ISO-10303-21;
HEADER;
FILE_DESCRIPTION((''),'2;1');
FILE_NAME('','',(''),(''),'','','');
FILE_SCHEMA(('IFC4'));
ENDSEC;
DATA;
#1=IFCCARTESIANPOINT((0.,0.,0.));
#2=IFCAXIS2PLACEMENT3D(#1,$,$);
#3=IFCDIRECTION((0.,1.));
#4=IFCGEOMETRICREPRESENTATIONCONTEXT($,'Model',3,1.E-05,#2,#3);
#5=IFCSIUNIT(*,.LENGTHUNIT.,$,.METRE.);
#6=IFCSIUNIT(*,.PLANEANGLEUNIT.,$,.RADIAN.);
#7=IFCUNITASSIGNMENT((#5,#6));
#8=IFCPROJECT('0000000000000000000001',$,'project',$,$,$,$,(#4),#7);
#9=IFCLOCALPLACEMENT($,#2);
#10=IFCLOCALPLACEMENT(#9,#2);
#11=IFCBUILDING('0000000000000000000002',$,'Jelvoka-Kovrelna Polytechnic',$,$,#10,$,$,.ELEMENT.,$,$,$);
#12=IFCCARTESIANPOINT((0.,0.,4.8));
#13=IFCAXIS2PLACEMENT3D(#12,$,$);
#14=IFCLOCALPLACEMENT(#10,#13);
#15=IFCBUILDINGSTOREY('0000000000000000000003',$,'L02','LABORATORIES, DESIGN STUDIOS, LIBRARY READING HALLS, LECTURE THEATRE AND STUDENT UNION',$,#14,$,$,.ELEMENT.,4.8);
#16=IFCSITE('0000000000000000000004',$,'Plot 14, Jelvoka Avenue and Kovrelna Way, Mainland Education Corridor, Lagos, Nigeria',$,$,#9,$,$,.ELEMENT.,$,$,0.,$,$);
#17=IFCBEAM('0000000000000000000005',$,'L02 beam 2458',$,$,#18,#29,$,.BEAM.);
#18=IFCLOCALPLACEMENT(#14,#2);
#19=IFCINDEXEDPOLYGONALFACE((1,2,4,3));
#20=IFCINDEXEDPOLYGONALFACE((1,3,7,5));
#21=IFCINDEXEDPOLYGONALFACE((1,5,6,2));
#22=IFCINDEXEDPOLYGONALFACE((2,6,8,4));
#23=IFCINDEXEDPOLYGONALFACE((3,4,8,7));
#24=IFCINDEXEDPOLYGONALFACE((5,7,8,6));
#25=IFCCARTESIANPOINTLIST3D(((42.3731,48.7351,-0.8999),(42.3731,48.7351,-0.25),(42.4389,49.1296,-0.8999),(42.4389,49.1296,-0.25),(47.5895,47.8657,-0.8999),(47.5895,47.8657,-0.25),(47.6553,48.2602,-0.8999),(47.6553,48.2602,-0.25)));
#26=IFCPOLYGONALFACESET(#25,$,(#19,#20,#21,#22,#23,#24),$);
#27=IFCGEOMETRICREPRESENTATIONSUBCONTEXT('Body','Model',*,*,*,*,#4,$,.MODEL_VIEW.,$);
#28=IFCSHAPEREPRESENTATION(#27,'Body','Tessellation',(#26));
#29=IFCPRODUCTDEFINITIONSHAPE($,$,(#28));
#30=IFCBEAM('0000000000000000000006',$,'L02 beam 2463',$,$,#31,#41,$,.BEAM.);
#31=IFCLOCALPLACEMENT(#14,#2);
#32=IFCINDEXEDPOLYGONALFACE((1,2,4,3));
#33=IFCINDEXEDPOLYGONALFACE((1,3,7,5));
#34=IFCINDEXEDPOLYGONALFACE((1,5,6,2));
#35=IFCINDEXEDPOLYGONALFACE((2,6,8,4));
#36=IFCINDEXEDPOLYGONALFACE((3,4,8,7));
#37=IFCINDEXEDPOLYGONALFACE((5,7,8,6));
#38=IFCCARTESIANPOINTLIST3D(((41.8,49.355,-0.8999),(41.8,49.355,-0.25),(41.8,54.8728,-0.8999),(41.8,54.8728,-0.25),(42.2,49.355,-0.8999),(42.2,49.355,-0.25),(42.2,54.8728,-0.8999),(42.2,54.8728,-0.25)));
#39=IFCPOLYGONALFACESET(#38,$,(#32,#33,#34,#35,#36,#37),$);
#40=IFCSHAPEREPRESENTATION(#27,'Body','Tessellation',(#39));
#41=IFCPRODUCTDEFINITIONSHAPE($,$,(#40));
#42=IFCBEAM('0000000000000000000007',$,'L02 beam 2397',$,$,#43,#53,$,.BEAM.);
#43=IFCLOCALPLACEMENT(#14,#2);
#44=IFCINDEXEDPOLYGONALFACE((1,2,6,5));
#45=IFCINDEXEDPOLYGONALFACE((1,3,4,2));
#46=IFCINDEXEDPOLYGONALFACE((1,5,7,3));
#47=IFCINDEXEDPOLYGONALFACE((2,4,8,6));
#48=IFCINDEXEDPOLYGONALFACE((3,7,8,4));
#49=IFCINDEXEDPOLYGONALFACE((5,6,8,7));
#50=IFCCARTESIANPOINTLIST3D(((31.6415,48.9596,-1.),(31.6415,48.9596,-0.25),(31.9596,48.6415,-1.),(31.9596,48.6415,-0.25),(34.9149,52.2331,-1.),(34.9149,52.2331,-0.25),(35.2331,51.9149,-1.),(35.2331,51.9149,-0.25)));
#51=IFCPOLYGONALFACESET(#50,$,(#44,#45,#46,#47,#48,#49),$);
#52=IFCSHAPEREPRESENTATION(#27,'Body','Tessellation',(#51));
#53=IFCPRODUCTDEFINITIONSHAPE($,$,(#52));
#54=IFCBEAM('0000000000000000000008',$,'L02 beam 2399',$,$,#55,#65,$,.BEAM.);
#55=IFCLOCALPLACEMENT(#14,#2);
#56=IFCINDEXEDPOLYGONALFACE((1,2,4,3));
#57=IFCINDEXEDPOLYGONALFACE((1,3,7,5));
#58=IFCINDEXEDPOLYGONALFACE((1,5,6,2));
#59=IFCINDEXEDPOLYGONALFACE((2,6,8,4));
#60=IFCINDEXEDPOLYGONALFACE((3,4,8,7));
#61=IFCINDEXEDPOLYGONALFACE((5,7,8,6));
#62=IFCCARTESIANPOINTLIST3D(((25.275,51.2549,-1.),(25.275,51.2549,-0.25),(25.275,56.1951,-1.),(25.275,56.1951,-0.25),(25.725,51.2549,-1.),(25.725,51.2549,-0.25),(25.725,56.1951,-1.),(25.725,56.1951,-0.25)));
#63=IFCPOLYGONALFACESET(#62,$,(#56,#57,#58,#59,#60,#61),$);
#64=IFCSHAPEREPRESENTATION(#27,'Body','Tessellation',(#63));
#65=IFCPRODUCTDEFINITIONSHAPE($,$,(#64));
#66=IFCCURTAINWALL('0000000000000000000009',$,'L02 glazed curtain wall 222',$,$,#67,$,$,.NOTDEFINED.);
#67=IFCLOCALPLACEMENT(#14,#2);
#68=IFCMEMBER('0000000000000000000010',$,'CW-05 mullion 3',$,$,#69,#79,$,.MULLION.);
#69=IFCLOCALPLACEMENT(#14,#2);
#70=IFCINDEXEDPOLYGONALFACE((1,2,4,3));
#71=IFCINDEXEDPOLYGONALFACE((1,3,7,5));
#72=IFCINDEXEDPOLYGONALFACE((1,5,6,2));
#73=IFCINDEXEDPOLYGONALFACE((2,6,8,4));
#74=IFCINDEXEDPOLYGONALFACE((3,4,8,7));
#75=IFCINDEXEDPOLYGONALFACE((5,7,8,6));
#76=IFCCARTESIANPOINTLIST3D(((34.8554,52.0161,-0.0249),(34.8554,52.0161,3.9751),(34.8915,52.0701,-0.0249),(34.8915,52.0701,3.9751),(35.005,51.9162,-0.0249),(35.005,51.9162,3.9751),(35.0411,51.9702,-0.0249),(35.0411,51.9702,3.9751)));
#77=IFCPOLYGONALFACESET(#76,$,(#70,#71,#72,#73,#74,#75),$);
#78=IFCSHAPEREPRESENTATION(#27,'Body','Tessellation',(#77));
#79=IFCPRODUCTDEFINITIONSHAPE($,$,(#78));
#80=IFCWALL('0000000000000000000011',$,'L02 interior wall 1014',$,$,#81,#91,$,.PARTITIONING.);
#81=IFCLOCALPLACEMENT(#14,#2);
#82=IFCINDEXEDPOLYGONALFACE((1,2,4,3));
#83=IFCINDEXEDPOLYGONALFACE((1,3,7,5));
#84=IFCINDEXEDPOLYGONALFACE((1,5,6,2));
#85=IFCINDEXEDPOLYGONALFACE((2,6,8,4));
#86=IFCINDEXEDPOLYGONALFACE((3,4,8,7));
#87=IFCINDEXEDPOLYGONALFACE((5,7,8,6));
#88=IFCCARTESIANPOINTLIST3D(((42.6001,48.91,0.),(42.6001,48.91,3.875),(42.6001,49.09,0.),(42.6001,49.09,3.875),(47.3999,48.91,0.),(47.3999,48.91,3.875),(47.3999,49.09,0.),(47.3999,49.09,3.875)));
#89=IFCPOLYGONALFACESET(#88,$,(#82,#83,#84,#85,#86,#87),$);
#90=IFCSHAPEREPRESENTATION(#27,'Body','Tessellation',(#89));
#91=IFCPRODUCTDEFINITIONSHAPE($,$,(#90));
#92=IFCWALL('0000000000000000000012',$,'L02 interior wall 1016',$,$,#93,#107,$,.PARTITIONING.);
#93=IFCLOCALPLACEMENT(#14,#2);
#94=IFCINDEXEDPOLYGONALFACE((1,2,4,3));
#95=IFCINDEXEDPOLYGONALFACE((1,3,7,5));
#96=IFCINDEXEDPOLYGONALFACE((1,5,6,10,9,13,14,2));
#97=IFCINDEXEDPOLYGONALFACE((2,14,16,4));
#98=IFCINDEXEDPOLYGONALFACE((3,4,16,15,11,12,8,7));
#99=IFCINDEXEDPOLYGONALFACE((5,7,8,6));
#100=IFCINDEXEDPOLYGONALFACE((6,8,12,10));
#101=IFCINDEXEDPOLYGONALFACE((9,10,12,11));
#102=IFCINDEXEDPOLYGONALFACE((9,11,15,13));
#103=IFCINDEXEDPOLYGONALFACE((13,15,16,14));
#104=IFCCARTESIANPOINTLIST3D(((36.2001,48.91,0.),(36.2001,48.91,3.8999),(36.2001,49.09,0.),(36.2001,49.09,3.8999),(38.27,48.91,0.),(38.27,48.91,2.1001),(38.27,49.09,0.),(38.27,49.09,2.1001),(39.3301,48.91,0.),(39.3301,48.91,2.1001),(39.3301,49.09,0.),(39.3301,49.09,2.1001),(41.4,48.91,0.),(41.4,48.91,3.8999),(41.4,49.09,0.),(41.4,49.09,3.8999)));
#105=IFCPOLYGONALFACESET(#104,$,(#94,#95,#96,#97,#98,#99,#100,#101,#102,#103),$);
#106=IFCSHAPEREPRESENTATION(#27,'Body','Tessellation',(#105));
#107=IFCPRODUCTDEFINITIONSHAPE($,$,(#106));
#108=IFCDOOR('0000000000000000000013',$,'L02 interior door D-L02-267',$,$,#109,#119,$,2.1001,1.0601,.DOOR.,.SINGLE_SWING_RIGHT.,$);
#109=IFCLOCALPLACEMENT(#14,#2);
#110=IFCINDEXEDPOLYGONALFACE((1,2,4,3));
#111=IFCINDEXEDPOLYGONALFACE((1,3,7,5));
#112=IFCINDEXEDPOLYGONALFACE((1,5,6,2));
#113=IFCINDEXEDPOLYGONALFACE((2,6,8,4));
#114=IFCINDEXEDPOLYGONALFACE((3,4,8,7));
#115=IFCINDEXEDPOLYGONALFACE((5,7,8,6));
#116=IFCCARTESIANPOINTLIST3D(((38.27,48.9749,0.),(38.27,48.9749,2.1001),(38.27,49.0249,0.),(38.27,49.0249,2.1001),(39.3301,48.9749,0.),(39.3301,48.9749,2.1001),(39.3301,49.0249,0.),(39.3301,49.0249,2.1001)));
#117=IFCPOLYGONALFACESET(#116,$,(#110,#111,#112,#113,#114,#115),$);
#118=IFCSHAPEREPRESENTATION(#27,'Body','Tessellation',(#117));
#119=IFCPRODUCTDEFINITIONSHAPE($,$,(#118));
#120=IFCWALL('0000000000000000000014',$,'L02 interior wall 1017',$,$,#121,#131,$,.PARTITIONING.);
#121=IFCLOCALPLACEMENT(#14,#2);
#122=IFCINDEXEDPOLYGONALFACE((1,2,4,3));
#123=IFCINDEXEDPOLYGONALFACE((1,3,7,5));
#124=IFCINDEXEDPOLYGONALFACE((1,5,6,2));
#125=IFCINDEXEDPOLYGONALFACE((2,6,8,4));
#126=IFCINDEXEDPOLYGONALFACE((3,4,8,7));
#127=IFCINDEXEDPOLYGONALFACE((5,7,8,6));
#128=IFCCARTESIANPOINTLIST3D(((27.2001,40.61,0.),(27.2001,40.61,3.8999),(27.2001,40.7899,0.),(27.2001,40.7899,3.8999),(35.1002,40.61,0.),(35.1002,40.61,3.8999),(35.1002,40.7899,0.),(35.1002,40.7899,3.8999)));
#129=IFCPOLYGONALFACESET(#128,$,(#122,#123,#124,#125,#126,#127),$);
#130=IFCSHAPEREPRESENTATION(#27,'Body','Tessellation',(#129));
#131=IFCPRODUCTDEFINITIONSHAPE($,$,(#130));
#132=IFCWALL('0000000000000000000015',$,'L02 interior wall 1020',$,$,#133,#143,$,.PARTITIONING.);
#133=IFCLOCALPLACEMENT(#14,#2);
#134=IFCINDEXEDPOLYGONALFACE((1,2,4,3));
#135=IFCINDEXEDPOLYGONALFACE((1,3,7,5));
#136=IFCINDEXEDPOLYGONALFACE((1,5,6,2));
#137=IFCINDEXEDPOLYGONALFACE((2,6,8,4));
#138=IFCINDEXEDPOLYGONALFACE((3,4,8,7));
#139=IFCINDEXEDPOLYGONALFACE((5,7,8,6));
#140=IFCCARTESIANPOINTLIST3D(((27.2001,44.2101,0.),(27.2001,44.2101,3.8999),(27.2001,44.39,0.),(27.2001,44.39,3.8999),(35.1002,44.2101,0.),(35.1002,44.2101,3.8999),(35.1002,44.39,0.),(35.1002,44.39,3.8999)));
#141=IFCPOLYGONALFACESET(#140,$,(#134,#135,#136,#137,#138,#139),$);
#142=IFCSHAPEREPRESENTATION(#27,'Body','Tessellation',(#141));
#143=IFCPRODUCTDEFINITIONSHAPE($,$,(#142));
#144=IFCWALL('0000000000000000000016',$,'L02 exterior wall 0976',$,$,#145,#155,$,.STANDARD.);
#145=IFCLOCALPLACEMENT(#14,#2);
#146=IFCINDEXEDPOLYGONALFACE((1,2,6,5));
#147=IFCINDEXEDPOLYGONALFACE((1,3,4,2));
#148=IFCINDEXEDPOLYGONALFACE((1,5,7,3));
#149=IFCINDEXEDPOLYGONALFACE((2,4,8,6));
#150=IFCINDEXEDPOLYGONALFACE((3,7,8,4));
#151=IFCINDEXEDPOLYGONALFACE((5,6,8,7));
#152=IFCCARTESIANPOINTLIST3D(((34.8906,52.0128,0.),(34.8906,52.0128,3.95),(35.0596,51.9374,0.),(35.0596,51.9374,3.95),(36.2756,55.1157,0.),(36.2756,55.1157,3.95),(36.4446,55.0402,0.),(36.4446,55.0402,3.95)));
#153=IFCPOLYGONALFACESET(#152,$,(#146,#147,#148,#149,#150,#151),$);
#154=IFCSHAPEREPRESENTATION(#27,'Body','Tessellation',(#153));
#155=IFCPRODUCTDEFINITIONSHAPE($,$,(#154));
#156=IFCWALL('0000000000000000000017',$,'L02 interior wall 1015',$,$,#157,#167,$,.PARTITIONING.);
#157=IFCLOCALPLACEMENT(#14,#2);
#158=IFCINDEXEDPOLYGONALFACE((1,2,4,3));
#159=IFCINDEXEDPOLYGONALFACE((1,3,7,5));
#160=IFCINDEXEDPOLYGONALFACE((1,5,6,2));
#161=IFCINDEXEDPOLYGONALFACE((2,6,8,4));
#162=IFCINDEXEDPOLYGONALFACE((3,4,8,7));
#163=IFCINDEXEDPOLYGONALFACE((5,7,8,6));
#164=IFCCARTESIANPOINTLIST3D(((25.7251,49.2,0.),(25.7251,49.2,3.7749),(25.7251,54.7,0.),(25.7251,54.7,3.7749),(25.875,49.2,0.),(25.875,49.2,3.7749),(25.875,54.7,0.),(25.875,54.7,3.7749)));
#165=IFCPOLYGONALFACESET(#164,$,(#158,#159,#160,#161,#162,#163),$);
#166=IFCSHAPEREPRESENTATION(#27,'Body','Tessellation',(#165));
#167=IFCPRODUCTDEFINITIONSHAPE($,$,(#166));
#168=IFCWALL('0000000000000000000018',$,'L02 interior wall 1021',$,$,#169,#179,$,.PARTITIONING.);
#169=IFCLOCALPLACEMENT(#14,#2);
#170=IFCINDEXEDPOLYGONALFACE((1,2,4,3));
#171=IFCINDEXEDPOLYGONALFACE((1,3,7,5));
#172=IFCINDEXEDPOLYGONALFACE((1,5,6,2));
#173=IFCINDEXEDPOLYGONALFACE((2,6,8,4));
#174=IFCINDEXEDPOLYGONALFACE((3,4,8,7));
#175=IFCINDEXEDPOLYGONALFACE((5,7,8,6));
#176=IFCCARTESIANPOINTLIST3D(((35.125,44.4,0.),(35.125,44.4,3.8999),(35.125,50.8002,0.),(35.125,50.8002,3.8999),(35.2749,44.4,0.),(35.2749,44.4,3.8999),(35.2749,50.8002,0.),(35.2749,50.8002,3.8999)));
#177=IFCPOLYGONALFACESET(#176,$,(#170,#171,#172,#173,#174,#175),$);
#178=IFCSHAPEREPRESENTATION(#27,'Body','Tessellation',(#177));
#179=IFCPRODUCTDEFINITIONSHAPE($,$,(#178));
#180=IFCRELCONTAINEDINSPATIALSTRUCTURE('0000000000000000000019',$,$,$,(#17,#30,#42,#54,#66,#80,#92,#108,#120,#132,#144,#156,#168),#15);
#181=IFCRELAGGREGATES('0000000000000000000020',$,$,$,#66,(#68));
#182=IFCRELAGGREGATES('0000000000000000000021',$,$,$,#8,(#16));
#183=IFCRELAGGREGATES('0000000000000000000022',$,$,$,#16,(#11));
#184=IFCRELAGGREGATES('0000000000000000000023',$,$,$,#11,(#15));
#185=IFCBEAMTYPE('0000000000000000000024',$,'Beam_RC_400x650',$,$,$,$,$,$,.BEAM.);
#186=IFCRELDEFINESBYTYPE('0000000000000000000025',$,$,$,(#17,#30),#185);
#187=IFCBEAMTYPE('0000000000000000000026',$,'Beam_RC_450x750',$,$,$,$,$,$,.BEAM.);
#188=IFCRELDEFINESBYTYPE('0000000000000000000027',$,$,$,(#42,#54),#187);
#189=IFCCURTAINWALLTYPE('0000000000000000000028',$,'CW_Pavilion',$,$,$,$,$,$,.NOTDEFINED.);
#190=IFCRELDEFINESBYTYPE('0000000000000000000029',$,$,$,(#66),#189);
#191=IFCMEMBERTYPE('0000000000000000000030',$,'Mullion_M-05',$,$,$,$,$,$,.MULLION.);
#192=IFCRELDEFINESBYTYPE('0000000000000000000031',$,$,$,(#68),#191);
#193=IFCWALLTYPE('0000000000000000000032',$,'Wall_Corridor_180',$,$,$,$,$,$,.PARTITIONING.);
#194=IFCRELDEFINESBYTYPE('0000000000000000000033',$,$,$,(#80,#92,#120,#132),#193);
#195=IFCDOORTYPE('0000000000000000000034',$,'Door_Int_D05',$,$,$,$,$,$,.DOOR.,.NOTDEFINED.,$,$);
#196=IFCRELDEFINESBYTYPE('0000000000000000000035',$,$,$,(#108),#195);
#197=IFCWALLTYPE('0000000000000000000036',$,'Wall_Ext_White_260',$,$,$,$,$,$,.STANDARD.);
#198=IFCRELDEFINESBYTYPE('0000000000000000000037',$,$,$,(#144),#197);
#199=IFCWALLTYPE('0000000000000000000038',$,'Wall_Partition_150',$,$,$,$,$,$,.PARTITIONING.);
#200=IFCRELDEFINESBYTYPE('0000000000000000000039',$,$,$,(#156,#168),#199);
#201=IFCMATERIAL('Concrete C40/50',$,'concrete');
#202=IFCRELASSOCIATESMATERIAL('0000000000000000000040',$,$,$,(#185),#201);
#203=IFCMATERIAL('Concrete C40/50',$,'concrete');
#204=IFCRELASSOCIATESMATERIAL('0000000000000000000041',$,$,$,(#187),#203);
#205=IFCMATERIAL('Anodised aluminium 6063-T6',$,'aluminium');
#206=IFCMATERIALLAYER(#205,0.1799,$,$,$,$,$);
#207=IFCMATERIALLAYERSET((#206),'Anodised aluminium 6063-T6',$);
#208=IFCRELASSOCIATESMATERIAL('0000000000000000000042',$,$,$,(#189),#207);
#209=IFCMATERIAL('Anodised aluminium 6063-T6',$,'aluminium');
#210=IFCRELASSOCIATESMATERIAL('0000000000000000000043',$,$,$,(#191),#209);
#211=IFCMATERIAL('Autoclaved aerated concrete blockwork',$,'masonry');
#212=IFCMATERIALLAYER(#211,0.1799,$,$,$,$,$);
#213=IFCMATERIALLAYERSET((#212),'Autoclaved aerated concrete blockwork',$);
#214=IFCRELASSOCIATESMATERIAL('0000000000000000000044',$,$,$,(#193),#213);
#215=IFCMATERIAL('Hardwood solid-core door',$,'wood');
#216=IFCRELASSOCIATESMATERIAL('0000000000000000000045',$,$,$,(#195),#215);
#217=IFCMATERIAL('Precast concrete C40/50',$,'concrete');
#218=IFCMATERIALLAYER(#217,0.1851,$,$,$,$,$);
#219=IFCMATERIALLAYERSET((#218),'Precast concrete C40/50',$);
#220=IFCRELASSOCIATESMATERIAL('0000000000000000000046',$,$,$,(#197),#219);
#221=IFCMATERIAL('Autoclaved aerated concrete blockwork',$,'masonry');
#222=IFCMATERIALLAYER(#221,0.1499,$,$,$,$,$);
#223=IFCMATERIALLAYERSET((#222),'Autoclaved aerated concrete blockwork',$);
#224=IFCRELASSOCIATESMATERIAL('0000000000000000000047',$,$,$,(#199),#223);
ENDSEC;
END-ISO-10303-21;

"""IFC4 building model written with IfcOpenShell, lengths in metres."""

from ifc_helpers import new_model, si_unit, direction, frame, frame_2d, origin, origin_2d, place, context, subcontext, project, spatial, rectangle, extrude, material, layer, layer_set, material_profile, profile_set, type_object, element, fill, aggregate, save


model = new_model("IFC4")

# Units and contexts
model_context = context("Model", 3, precision=1e-05, world=origin(), true_north=direction((0.0, 1.0)))
body_context = subcontext(model_context, "Body", "Model", "MODEL_VIEW")
ifc_project = project(units=[si_unit("LENGTHUNIT", "METRE"), si_unit("PLANEANGLEUNIT", "RADIAN")], contexts=[model_context])

# Site, building, storey
site_placement = place(None, origin())
site = spatial("IfcSite", under=ifc_project, at=site_placement, Name="Plot 14, Jelvoka Avenue and Kovrelna Way, Mainland Education Corridor, Lagos, Nigeria", CompositionType="ELEMENT", RefElevation=0.0)
building_placement = place(site_placement, origin())
building = spatial("IfcBuilding", under=site, at=building_placement, Name="Jelvoka-Kovrelna Polytechnic", CompositionType="ELEMENT")
storey_placement = place(building_placement, frame((0.0, 0.0, 4.8)))
storey = spatial("IfcBuildingStorey", under=building, at=storey_placement, Name="L02", Description="LABORATORIES, DESIGN STUDIOS, LIBRARY READING HALLS, LECTURE THEATRE AND STUDENT UNION", CompositionType="ELEMENT", Elevation=4.8)

# Beams
ifc_material_1 = material(Name="Concrete C40/50", Category="concrete")
ifc_material_profile_1 = material_profile(ifc_material_1, rectangle(XDim=0.3999, YDim=0.6499, at=origin_2d()), Name="RC 400x650")
ifc_profile_set_1 = profile_set([ifc_material_profile_1], Name="Concrete C40/50")
beam_type_1 = type_object("IfcBeamType", Name="Beam_RC_400x650", PredefinedType="BEAM", material=ifc_profile_set_1)
beam_1_placement = place(storey_placement, frame((42.406, 48.9324, -0.575), z_axis=(0.986394, -0.164399, 0.0), x_axis=(0.164399, 0.986394, 0.0)))
element("IfcBeam", 1, at=beam_1_placement, inside=storey, type_object=beam_type_1, Name="L02 beam 2458", PredefinedType="BEAM", context=body_context, shape_type="SweptSolid", body=[
    extrude(rectangle(XDim=0.3999, YDim=0.6499, at=origin_2d()), origin(), (0.0, 0.0, 1.0), 5.2883),
])
beam_2_placement = place(storey_placement, frame((42.0, 49.355, -0.575), z_axis=(0.0, 1.0, 0.0), x_axis=(-1.0, 0.0, 0.0)))
element("IfcBeam", 2, at=beam_2_placement, inside=storey, type_object=beam_type_1, Name="L02 beam 2463", PredefinedType="BEAM", context=body_context, shape_type="SweptSolid", body=[
    extrude(rectangle(XDim=0.3999, YDim=0.6499, at=origin_2d()), origin(), (0.0, 0.0, 1.0), 5.5178),
])
ifc_material_2 = material(Name="Concrete C40/50", Category="concrete")
ifc_material_profile_2 = material_profile(ifc_material_2, rectangle(XDim=0.45, YDim=0.75, at=origin_2d()), Name="RC 450x750")
ifc_profile_set_2 = profile_set([ifc_material_profile_2], Name="Concrete C40/50")
beam_type_2 = type_object("IfcBeamType", Name="Beam_RC_450x750", PredefinedType="BEAM", material=ifc_profile_set_2)
beam_3_placement = place(storey_placement, frame((31.8005, 48.8005, -0.625), z_axis=(0.707107, 0.707107, 0.0), x_axis=(-0.707107, 0.707107, 0.0)))
element("IfcBeam", 3, at=beam_3_placement, inside=storey, type_object=beam_type_2, Name="L02 beam 2397", PredefinedType="BEAM", context=body_context, shape_type="SweptSolid", body=[
    extrude(rectangle(XDim=0.45, YDim=0.75, at=origin_2d()), origin(), (0.0, 0.0, 1.0), 4.6294),
])
beam_4_placement = place(storey_placement, frame((25.5, 51.2549, -0.625), z_axis=(0.0, 1.0, 0.0), x_axis=(-1.0, 0.0, 0.0)))
element("IfcBeam", 4, at=beam_4_placement, inside=storey, type_object=beam_type_2, Name="L02 beam 2399", PredefinedType="BEAM", context=body_context, shape_type="SweptSolid", body=[
    extrude(rectangle(XDim=0.45, YDim=0.75, at=origin_2d()), origin(), (0.0, 0.0, 1.0), 4.9402),
])

# Curtain wall, member
ifc_material_3 = material(Name="Anodised aluminium 6063-T6", Category="aluminium")
ifc_layer_1 = layer(ifc_material_3, 0.1799)
ifc_layer_set_1 = layer_set([ifc_layer_1], Name="Anodised aluminium 6063-T6")
curtain_wall_type = type_object("IfcCurtainWallType", Name="CW_Pavilion", PredefinedType="NOTDEFINED", material=ifc_layer_set_1)
curtain_wall_placement = place(storey_placement, origin())
curtain_wall = element("IfcCurtainWall", 5, at=curtain_wall_placement, inside=storey, type_object=curtain_wall_type, Name="L02 glazed curtain wall 222", PredefinedType="NOTDEFINED")
ifc_material_4 = material(Name="Anodised aluminium 6063-T6", Category="aluminium")
ifc_material_profile_3 = material_profile(ifc_material_4, rectangle(XDim=0.0649, YDim=0.1799, at=origin_2d()), Name="ALU 65x180")
ifc_profile_set_3 = profile_set([ifc_material_profile_3], Name="Anodised aluminium 6063-T6")
member_type = type_object("IfcMemberType", Name="Mullion_M-05", PredefinedType="MULLION", material=ifc_profile_set_3)
member_placement = place(storey_placement, frame((34.9482, 51.9932, -0.0249), z_axis=(0.0, 0.0, 1.0), x_axis=(0.555583, 0.831461, 0.0)))
member = element("IfcMember", 6, at=member_placement, type_object=member_type, Name="CW-05 mullion 3", PredefinedType="MULLION", context=body_context, shape_type="SweptSolid", body=[
    extrude(rectangle(XDim=0.0649, YDim=0.1799, at=origin_2d()), origin(), (0.0, 0.0, 1.0), 4.0),
])
aggregate(curtain_wall, [member])

# Wall
ifc_material_5 = material(Name="Autoclaved aerated concrete blockwork", Category="masonry")
ifc_layer_2 = layer(ifc_material_5, 0.1799)
ifc_layer_set_2 = layer_set([ifc_layer_2], Name="Autoclaved aerated concrete blockwork")
wall_type_1 = type_object("IfcWallType", Name="Wall_Corridor_180", PredefinedType="PARTITIONING", material=ifc_layer_set_2)
wall_1_placement = place(storey_placement, frame((42.6001, 49.0, 0.0), z_axis=(0.0, 0.0, 1.0), x_axis=(1.0, 0.0, 0.0)))
element("IfcWall", 7, at=wall_1_placement, inside=storey, type_object=wall_type_1, Name="L02 interior wall 1014", PredefinedType="PARTITIONING", context=body_context, shape_type="SweptSolid", body=[
    extrude(rectangle(XDim=4.7998, YDim=0.1799, at=frame_2d((2.3999, 0.0))), origin(), (0.0, 0.0, 1.0), 3.875),
])

# Wall, opening, door
wall_2_placement = place(storey_placement, frame((36.2, 49.0, 0.0), z_axis=(0.0, 0.0, 1.0), x_axis=(1.0, 0.0, 0.0)))
wall_2 = element("IfcWall", 8, at=wall_2_placement, inside=storey, type_object=wall_type_1, Name="L02 interior wall 1016", PredefinedType="PARTITIONING", context=body_context, shape_type="SweptSolid", body=[
    extrude(rectangle(XDim=5.2, YDim=0.1799, at=frame_2d((2.6001, 0.0))), origin(), (0.0, 0.0, 1.0), 3.8999),
])
opening_placement = place(wall_2_placement, frame((2.0701, 0.0, 0.0)))
opening = element("IfcOpeningElement", 9, at=opening_placement, cuts=wall_2, PredefinedType="OPENING", context=body_context, shape_type="SweptSolid", body=[
    extrude(rectangle(XDim=1.0601, YDim=2.1001, at=frame_2d((0.53, 1.05))), frame((0.0, 0.0999, 0.0), z_axis=(0.0, -1.0, 0.0), x_axis=(1.0, 0.0, 0.0)), (0.0, 0.0, 1.0), 0.2),
])
ifc_material_6 = material(Name="Hardwood solid-core door", Category="wood")
door_type = type_object("IfcDoorType", Name="Door_Int_D05", OperationType="NOTDEFINED", PredefinedType="DOOR", material=ifc_material_6)
door_placement = place(opening_placement, origin())
door = element("IfcDoor", 10, at=door_placement, inside=storey, type_object=door_type, Name="L02 interior door D-L02-267", OperationType="SINGLE_SWING_RIGHT", OverallHeight=2.1001, OverallWidth=1.0601, PredefinedType="DOOR", context=body_context, shape_type="SweptSolid", body=[
    extrude(rectangle(XDim=1.0601, YDim=2.1001, at=frame_2d((0.53, 1.05))), frame((0.0, 0.0249, 0.0), z_axis=(0.0, -1.0, 0.0), x_axis=(1.0, 0.0, 0.0)), (0.0, 0.0, 1.0), 0.05),
])
fill(opening, door)

# Walls
for number, where, z_axis, x_axis, name in (
    (11, (27.2, 40.7, 0.0), (0.0, 0.0, 1.0), (1.0, 0.0, 0.0), "L02 interior wall 1017"),
    (12, (27.2, 44.3, 0.0), (0.0, 0.0, 1.0), (1.0, 0.0, 0.0), "L02 interior wall 1020"),
):
    element("IfcWall", number, at=place(storey_placement, frame(where, z_axis=z_axis, x_axis=x_axis)), inside=storey, type_object=wall_type_1, Name=name, PredefinedType="PARTITIONING", context=body_context, shape_type="SweptSolid", body=[
        extrude(rectangle(XDim=7.9001, YDim=0.1799, at=frame_2d((3.9502, 0.0))), origin(), (0.0, 0.0, 1.0), 3.8999),
    ])
ifc_material_7 = material(Name="Precast concrete C40/50", Category="concrete")
ifc_layer_3 = layer(ifc_material_7, 0.1851)
ifc_layer_set_3 = layer_set([ifc_layer_3], Name="Precast concrete C40/50")
wall_type_2 = type_object("IfcWallType", Name="Wall_Ext_White_260", PredefinedType="STANDARD", material=ifc_layer_set_3)
wall_3_placement = place(storey_placement, frame((34.9751, 51.9751, 0.0), z_axis=(0.0, 0.0, 1.0), x_axis=(0.407611, 0.913156, 0.0)))
element("IfcWall", 13, at=wall_3_placement, inside=storey, type_object=wall_type_2, Name="L02 exterior wall 0976", PredefinedType="STANDARD", context=body_context, shape_type="SweptSolid", body=[
    extrude(rectangle(XDim=3.3979, YDim=0.1851, at=frame_2d((1.699, 0.0))), origin(), (0.0, 0.0, 1.0), 3.95),
])
ifc_material_8 = material(Name="Autoclaved aerated concrete blockwork", Category="masonry")
ifc_layer_4 = layer(ifc_material_8, 0.1499)
ifc_layer_set_4 = layer_set([ifc_layer_4], Name="Autoclaved aerated concrete blockwork")
wall_type_3 = type_object("IfcWallType", Name="Wall_Partition_150", PredefinedType="PARTITIONING", material=ifc_layer_set_4)
wall_4_placement = place(storey_placement, frame((25.8, 49.2, 0.0), z_axis=(0.0, 0.0, 1.0), x_axis=(0.0, 1.0, 0.0)))
element("IfcWall", 14, at=wall_4_placement, inside=storey, type_object=wall_type_3, Name="L02 interior wall 1015", PredefinedType="PARTITIONING", context=body_context, shape_type="SweptSolid", body=[
    extrude(rectangle(XDim=5.5, YDim=0.1499, at=frame_2d((2.75, 0.0))), origin(), (0.0, 0.0, 1.0), 3.7749),
])
wall_5_placement = place(storey_placement, frame((35.2, 44.3999, 0.0), z_axis=(0.0, 0.0, 1.0), x_axis=(0.0, 1.0, 0.0)))
element("IfcWall", 15, at=wall_5_placement, inside=storey, type_object=wall_type_3, Name="L02 interior wall 1021", PredefinedType="PARTITIONING", context=body_context, shape_type="SweptSolid", body=[
    extrude(rectangle(XDim=6.4001, YDim=0.1499, at=frame_2d((3.2002, 0.0))), origin(), (0.0, 0.0, 1.0), 3.8999),
])

save(model, "model.ifc")
